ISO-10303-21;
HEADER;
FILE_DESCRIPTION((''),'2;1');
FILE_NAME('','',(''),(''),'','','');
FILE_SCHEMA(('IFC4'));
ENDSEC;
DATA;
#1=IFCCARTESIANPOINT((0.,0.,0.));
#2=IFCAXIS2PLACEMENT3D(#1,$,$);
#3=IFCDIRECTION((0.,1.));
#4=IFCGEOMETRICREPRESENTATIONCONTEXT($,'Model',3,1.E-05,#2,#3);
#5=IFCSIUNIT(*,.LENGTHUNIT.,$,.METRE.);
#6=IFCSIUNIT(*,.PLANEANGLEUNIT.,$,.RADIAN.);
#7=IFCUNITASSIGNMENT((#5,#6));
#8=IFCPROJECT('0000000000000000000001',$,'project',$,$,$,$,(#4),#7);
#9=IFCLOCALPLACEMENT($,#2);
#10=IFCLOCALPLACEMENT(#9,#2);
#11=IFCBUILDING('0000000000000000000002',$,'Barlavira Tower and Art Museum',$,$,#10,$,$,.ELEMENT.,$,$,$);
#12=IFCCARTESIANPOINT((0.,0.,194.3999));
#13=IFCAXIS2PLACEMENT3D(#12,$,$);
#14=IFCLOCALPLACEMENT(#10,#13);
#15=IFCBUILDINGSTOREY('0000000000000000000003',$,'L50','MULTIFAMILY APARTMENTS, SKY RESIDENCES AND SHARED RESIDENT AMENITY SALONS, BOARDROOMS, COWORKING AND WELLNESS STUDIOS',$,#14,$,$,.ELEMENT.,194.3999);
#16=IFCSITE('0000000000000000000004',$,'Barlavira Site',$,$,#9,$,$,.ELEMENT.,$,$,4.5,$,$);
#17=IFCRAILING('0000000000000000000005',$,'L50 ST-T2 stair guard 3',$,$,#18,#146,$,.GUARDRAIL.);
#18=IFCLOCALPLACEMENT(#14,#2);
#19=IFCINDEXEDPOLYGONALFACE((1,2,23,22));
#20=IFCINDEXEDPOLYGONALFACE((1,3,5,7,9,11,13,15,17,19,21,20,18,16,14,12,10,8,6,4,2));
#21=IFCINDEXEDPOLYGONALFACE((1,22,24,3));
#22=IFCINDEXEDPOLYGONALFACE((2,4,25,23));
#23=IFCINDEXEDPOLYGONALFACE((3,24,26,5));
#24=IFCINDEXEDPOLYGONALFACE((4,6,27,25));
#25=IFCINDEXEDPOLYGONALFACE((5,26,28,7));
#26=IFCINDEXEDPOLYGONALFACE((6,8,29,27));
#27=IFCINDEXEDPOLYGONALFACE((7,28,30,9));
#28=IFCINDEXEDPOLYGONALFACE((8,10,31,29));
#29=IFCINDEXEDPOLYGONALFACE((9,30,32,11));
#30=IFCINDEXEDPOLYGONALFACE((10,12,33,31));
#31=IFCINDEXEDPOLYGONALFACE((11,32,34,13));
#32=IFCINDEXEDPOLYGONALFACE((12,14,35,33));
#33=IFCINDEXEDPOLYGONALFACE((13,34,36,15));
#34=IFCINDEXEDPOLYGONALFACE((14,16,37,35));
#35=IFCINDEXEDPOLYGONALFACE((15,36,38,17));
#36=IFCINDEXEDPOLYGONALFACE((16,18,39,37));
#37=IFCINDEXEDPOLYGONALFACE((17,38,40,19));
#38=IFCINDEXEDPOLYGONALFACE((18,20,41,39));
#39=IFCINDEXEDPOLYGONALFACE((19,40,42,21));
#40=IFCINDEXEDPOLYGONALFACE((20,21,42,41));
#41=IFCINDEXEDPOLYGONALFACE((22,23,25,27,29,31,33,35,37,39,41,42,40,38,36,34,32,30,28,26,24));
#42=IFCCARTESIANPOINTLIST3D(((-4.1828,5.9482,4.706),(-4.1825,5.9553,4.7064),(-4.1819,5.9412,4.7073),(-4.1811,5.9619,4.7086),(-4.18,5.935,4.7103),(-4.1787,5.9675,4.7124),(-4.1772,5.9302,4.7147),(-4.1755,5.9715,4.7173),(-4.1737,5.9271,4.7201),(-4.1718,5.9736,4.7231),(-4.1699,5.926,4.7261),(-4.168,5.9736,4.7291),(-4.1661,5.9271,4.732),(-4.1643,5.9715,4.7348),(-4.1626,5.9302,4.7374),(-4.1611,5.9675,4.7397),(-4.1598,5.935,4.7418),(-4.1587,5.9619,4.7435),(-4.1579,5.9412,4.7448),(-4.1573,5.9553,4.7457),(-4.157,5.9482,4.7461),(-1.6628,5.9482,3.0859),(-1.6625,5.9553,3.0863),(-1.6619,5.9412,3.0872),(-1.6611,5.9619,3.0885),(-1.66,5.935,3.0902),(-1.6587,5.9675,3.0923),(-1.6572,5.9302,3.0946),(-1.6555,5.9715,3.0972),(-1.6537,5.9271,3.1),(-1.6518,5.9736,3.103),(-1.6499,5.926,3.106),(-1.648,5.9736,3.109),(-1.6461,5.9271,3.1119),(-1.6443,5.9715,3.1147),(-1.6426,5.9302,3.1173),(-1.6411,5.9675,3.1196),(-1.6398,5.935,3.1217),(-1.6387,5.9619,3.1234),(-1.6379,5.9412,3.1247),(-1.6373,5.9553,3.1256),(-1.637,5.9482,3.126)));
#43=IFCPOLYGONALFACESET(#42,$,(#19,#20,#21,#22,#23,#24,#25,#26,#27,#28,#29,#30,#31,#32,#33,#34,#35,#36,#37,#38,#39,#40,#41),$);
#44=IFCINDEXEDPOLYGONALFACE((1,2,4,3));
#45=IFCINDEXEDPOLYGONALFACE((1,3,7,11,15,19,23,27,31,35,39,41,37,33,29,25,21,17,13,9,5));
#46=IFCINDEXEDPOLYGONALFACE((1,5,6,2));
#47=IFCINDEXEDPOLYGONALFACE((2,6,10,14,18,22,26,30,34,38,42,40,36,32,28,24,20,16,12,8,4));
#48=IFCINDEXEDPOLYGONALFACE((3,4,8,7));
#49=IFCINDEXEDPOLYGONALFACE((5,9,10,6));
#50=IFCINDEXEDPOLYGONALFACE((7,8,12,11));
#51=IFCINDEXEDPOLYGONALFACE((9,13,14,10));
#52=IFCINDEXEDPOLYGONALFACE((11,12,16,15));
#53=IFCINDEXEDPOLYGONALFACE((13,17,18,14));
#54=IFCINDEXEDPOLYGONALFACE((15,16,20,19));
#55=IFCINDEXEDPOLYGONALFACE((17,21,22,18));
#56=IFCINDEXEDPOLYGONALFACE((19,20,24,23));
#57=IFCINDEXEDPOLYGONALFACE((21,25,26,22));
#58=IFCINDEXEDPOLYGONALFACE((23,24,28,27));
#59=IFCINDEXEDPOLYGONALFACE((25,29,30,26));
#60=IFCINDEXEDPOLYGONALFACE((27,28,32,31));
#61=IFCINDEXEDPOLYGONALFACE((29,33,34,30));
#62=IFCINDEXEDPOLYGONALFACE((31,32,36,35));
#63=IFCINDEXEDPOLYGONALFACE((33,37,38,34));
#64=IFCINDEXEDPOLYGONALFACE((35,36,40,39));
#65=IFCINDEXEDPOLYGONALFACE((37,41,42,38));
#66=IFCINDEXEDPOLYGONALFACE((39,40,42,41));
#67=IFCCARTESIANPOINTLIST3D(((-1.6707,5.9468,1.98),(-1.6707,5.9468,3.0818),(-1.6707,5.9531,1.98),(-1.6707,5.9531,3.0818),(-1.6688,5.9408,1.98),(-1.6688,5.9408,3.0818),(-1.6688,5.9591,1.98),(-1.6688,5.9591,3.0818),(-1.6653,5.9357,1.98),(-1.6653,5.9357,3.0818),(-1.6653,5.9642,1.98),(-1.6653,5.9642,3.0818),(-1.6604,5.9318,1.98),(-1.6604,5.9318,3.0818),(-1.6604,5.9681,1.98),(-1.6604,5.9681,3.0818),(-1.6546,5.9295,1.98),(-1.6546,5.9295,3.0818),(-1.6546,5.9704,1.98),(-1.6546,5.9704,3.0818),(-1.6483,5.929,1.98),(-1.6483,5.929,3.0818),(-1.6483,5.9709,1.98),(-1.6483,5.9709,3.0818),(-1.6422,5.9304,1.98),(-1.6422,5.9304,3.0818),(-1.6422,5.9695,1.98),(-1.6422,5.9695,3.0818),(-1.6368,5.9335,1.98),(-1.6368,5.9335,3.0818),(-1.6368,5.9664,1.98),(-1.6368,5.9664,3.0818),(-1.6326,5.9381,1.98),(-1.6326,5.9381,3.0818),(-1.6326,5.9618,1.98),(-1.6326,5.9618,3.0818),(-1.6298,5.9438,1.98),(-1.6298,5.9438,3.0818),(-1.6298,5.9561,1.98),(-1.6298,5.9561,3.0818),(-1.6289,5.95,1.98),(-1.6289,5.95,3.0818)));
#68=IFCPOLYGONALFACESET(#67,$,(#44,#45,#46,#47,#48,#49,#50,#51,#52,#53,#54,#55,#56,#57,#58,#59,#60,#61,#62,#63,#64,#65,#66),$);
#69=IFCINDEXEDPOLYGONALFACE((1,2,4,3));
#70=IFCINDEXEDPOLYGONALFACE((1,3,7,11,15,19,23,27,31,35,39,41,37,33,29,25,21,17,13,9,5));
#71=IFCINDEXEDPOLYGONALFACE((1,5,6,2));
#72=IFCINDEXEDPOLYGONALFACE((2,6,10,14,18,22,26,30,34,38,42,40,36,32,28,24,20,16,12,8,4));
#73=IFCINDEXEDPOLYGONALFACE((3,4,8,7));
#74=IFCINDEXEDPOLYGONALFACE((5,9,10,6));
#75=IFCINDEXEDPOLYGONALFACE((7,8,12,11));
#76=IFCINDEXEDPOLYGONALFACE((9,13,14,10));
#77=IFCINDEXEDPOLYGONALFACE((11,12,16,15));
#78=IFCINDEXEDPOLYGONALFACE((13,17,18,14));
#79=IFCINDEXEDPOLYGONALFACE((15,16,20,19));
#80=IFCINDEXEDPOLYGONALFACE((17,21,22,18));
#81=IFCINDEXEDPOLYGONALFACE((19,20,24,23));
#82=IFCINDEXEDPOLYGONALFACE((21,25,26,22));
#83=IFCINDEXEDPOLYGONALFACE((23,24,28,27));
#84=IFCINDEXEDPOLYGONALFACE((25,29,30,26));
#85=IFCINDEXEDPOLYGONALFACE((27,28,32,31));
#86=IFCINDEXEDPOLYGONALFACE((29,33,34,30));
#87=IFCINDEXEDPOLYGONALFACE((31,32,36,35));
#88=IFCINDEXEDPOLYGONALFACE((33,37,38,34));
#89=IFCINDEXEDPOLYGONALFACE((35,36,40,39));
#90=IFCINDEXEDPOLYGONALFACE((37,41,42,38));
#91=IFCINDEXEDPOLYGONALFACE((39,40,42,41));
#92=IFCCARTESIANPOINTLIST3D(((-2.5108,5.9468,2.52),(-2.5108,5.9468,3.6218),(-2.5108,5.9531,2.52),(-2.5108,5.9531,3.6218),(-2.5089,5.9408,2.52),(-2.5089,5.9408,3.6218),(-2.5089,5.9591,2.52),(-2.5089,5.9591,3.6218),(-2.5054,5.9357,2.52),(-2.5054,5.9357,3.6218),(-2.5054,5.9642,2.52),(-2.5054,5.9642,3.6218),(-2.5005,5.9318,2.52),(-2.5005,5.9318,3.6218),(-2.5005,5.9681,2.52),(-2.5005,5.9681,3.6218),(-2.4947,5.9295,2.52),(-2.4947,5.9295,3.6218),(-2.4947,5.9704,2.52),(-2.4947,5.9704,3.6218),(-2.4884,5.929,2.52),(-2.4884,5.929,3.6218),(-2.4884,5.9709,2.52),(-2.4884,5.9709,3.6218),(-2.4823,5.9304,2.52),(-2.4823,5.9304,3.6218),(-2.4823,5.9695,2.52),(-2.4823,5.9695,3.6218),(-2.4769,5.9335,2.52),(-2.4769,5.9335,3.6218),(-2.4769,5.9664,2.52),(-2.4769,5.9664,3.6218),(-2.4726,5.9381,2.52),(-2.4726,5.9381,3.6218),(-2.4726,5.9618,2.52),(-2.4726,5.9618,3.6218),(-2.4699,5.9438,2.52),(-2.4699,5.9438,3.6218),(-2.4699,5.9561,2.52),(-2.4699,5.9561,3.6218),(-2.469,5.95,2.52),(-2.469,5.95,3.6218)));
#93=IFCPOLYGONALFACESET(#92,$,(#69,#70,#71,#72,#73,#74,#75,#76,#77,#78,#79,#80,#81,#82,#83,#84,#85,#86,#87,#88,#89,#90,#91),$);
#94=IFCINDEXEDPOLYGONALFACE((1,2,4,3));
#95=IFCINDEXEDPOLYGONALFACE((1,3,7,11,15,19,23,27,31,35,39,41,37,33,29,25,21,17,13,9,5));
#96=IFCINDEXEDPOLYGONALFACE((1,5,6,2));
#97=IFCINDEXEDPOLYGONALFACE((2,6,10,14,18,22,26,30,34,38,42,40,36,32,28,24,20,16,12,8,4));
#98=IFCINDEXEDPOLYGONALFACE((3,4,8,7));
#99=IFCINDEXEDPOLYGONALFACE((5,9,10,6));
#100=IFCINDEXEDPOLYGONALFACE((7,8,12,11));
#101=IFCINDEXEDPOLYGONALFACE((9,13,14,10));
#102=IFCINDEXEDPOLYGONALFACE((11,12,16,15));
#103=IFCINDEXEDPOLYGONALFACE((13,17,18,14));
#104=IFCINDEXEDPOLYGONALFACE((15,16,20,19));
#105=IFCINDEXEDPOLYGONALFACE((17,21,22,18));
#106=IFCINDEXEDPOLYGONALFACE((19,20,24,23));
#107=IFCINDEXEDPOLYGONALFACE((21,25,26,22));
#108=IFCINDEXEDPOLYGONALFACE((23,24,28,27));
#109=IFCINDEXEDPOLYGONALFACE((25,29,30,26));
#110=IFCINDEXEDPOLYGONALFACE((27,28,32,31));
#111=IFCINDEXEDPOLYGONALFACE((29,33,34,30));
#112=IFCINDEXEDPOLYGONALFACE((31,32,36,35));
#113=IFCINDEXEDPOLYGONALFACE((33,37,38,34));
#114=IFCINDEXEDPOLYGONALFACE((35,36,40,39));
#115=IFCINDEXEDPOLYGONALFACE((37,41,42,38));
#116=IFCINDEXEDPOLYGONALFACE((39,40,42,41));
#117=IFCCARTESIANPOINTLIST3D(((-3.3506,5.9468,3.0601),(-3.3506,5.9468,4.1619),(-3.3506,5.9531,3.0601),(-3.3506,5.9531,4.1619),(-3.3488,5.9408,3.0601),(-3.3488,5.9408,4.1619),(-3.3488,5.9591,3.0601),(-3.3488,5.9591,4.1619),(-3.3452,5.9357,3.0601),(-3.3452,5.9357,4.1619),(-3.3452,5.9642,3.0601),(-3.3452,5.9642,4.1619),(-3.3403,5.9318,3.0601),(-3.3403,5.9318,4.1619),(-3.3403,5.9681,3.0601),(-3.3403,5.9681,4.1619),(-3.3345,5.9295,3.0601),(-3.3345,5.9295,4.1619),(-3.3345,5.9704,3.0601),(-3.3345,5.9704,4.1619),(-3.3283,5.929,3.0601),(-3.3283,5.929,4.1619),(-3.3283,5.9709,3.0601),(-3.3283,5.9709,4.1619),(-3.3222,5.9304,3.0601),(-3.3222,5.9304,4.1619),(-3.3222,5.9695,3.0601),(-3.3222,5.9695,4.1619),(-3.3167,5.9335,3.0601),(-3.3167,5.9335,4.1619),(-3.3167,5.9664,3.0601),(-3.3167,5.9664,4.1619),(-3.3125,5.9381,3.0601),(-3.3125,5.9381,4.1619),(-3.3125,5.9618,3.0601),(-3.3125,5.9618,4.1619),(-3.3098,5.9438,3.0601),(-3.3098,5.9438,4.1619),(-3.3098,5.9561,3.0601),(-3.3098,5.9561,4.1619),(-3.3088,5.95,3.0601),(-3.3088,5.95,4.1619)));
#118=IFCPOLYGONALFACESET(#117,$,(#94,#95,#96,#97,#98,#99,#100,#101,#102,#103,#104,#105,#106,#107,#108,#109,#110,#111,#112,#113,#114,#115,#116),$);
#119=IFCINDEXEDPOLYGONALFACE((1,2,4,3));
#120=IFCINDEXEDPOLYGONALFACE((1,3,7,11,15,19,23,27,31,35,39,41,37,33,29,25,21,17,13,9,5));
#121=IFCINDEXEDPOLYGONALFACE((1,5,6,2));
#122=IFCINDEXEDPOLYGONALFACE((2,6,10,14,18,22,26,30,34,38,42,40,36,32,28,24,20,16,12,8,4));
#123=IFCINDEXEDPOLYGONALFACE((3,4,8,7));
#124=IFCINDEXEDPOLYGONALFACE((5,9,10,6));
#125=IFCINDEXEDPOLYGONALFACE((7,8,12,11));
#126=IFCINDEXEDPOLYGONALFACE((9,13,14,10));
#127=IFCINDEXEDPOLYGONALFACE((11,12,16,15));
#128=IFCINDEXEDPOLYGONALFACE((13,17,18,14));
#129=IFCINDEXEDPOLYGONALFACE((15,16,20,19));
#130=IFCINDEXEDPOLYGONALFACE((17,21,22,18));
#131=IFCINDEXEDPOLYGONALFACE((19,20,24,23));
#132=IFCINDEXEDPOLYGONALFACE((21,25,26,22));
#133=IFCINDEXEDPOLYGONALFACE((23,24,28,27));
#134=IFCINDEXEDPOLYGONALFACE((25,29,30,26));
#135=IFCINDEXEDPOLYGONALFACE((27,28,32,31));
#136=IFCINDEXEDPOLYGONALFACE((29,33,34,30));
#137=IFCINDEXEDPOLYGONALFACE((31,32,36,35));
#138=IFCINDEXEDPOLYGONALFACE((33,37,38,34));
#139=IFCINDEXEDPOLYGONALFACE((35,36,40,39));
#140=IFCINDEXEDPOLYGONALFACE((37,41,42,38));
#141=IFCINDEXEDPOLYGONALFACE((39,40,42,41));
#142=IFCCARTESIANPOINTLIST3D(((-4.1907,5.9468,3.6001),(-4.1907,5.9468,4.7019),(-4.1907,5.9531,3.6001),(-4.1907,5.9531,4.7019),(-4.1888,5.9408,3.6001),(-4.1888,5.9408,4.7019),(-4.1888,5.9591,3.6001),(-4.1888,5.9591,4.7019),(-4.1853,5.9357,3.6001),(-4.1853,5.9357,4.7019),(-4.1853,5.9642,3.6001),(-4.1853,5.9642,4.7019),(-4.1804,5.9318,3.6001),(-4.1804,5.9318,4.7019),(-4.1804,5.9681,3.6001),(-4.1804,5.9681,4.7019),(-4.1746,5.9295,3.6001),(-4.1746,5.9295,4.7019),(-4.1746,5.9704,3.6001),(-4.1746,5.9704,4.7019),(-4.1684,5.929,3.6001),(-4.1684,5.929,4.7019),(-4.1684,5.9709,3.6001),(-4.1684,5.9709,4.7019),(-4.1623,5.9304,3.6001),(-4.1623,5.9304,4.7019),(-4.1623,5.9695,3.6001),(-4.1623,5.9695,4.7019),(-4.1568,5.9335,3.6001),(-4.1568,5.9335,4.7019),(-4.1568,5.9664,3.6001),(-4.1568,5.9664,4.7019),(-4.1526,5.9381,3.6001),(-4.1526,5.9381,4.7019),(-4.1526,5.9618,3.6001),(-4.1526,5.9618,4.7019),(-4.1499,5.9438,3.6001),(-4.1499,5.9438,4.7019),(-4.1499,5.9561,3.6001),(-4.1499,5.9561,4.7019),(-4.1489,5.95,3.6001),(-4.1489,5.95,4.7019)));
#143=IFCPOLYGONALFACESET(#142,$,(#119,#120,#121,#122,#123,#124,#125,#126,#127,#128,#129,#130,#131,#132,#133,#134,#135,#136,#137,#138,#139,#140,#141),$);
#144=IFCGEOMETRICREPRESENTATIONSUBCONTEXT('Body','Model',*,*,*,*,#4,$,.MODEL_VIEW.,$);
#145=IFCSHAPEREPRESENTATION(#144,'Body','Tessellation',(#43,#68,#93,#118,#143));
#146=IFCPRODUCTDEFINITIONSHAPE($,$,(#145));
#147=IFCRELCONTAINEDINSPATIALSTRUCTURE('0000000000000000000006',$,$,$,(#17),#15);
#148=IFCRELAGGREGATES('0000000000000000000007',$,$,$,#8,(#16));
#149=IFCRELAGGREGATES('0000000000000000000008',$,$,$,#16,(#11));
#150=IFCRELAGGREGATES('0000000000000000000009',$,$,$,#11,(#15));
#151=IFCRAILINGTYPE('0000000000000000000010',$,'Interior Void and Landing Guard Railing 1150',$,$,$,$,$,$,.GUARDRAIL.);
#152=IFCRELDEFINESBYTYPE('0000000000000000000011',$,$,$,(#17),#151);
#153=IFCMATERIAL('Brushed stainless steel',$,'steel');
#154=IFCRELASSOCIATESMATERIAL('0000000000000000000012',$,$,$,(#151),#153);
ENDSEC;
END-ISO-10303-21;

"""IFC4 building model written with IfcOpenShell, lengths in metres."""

from ifc_helpers import new_model, si_unit, direction, frame, origin, origin_2d, place, context, subcontext, project, spatial, circle, extrude, material, type_object, element, save


model = new_model("IFC4")

# Units and contexts
model_context = context("Model", 3, precision=1e-05, world=origin(), true_north=direction((0.0, 1.0)))
body_context = subcontext(model_context, "Body", "Model", "MODEL_VIEW")
ifc_project = project(units=[si_unit("LENGTHUNIT", "METRE"), si_unit("PLANEANGLEUNIT", "RADIAN")], contexts=[model_context])

# Site, building, storey
site_placement = place(None, origin())
site = spatial("IfcSite", under=ifc_project, at=site_placement, Name="Barlavira Site", CompositionType="ELEMENT", RefElevation=4.5)
building_placement = place(site_placement, origin())
building = spatial("IfcBuilding", under=site, at=building_placement, Name="Barlavira Tower and Art Museum", CompositionType="ELEMENT")
storey_placement = place(building_placement, frame((0.0, 0.0, 194.3999)))
storey = spatial("IfcBuildingStorey", under=building, at=storey_placement, Name="L50", Description="MULTIFAMILY APARTMENTS, SKY RESIDENCES AND SHARED RESIDENT AMENITY SALONS, BOARDROOMS, COWORKING AND WELLNESS STUDIOS", CompositionType="ELEMENT", Elevation=194.3999)

# Shared definitions
ifc_material_1 = material(Name="Brushed stainless steel", Category="steel")

# Railing
railing_type_1 = type_object("IfcRailingType", Name="Interior Void and Landing Guard Railing 1150", PredefinedType="GUARDRAIL", material=ifc_material_1)
railing_1_placement = place(storey_placement, frame((-1.6499, 5.95, 1.98)))
element("IfcRailing", 1, at=railing_1_placement, inside=storey, type_object=railing_type_1, Name="L50 ST-T2 stair guard 3", PredefinedType="GUARDRAIL", context=body_context, shape_type="SweptSolid", body=[
    extrude(circle(Radius=0.0239, at=origin_2d()), frame((0.0, 0.0, 1.126), z_axis=(-0.841163, 0.0, 0.540782), x_axis=(0.0, -1.0, 0.0)), (0.0, 0.0, 1.0), 2.9958),
    extrude(circle(Radius=0.021, at=origin_2d()), origin(), (0.0, 0.0, 1.0), 1.1018),
    extrude(circle(Radius=0.021, at=origin_2d()), frame((-0.8401, 0.0, 0.54)), (0.0, 0.0, 1.0), 1.1018),
    extrude(circle(Radius=0.021, at=origin_2d()), frame((-1.6799, 0.0, 1.0801)), (0.0, 0.0, 1.0), 1.1018),
    extrude(circle(Radius=0.021, at=origin_2d()), frame((-2.52, 0.0, 1.6201)), (0.0, 0.0, 1.0), 1.1018),
])

save(model, "model.ifc")
